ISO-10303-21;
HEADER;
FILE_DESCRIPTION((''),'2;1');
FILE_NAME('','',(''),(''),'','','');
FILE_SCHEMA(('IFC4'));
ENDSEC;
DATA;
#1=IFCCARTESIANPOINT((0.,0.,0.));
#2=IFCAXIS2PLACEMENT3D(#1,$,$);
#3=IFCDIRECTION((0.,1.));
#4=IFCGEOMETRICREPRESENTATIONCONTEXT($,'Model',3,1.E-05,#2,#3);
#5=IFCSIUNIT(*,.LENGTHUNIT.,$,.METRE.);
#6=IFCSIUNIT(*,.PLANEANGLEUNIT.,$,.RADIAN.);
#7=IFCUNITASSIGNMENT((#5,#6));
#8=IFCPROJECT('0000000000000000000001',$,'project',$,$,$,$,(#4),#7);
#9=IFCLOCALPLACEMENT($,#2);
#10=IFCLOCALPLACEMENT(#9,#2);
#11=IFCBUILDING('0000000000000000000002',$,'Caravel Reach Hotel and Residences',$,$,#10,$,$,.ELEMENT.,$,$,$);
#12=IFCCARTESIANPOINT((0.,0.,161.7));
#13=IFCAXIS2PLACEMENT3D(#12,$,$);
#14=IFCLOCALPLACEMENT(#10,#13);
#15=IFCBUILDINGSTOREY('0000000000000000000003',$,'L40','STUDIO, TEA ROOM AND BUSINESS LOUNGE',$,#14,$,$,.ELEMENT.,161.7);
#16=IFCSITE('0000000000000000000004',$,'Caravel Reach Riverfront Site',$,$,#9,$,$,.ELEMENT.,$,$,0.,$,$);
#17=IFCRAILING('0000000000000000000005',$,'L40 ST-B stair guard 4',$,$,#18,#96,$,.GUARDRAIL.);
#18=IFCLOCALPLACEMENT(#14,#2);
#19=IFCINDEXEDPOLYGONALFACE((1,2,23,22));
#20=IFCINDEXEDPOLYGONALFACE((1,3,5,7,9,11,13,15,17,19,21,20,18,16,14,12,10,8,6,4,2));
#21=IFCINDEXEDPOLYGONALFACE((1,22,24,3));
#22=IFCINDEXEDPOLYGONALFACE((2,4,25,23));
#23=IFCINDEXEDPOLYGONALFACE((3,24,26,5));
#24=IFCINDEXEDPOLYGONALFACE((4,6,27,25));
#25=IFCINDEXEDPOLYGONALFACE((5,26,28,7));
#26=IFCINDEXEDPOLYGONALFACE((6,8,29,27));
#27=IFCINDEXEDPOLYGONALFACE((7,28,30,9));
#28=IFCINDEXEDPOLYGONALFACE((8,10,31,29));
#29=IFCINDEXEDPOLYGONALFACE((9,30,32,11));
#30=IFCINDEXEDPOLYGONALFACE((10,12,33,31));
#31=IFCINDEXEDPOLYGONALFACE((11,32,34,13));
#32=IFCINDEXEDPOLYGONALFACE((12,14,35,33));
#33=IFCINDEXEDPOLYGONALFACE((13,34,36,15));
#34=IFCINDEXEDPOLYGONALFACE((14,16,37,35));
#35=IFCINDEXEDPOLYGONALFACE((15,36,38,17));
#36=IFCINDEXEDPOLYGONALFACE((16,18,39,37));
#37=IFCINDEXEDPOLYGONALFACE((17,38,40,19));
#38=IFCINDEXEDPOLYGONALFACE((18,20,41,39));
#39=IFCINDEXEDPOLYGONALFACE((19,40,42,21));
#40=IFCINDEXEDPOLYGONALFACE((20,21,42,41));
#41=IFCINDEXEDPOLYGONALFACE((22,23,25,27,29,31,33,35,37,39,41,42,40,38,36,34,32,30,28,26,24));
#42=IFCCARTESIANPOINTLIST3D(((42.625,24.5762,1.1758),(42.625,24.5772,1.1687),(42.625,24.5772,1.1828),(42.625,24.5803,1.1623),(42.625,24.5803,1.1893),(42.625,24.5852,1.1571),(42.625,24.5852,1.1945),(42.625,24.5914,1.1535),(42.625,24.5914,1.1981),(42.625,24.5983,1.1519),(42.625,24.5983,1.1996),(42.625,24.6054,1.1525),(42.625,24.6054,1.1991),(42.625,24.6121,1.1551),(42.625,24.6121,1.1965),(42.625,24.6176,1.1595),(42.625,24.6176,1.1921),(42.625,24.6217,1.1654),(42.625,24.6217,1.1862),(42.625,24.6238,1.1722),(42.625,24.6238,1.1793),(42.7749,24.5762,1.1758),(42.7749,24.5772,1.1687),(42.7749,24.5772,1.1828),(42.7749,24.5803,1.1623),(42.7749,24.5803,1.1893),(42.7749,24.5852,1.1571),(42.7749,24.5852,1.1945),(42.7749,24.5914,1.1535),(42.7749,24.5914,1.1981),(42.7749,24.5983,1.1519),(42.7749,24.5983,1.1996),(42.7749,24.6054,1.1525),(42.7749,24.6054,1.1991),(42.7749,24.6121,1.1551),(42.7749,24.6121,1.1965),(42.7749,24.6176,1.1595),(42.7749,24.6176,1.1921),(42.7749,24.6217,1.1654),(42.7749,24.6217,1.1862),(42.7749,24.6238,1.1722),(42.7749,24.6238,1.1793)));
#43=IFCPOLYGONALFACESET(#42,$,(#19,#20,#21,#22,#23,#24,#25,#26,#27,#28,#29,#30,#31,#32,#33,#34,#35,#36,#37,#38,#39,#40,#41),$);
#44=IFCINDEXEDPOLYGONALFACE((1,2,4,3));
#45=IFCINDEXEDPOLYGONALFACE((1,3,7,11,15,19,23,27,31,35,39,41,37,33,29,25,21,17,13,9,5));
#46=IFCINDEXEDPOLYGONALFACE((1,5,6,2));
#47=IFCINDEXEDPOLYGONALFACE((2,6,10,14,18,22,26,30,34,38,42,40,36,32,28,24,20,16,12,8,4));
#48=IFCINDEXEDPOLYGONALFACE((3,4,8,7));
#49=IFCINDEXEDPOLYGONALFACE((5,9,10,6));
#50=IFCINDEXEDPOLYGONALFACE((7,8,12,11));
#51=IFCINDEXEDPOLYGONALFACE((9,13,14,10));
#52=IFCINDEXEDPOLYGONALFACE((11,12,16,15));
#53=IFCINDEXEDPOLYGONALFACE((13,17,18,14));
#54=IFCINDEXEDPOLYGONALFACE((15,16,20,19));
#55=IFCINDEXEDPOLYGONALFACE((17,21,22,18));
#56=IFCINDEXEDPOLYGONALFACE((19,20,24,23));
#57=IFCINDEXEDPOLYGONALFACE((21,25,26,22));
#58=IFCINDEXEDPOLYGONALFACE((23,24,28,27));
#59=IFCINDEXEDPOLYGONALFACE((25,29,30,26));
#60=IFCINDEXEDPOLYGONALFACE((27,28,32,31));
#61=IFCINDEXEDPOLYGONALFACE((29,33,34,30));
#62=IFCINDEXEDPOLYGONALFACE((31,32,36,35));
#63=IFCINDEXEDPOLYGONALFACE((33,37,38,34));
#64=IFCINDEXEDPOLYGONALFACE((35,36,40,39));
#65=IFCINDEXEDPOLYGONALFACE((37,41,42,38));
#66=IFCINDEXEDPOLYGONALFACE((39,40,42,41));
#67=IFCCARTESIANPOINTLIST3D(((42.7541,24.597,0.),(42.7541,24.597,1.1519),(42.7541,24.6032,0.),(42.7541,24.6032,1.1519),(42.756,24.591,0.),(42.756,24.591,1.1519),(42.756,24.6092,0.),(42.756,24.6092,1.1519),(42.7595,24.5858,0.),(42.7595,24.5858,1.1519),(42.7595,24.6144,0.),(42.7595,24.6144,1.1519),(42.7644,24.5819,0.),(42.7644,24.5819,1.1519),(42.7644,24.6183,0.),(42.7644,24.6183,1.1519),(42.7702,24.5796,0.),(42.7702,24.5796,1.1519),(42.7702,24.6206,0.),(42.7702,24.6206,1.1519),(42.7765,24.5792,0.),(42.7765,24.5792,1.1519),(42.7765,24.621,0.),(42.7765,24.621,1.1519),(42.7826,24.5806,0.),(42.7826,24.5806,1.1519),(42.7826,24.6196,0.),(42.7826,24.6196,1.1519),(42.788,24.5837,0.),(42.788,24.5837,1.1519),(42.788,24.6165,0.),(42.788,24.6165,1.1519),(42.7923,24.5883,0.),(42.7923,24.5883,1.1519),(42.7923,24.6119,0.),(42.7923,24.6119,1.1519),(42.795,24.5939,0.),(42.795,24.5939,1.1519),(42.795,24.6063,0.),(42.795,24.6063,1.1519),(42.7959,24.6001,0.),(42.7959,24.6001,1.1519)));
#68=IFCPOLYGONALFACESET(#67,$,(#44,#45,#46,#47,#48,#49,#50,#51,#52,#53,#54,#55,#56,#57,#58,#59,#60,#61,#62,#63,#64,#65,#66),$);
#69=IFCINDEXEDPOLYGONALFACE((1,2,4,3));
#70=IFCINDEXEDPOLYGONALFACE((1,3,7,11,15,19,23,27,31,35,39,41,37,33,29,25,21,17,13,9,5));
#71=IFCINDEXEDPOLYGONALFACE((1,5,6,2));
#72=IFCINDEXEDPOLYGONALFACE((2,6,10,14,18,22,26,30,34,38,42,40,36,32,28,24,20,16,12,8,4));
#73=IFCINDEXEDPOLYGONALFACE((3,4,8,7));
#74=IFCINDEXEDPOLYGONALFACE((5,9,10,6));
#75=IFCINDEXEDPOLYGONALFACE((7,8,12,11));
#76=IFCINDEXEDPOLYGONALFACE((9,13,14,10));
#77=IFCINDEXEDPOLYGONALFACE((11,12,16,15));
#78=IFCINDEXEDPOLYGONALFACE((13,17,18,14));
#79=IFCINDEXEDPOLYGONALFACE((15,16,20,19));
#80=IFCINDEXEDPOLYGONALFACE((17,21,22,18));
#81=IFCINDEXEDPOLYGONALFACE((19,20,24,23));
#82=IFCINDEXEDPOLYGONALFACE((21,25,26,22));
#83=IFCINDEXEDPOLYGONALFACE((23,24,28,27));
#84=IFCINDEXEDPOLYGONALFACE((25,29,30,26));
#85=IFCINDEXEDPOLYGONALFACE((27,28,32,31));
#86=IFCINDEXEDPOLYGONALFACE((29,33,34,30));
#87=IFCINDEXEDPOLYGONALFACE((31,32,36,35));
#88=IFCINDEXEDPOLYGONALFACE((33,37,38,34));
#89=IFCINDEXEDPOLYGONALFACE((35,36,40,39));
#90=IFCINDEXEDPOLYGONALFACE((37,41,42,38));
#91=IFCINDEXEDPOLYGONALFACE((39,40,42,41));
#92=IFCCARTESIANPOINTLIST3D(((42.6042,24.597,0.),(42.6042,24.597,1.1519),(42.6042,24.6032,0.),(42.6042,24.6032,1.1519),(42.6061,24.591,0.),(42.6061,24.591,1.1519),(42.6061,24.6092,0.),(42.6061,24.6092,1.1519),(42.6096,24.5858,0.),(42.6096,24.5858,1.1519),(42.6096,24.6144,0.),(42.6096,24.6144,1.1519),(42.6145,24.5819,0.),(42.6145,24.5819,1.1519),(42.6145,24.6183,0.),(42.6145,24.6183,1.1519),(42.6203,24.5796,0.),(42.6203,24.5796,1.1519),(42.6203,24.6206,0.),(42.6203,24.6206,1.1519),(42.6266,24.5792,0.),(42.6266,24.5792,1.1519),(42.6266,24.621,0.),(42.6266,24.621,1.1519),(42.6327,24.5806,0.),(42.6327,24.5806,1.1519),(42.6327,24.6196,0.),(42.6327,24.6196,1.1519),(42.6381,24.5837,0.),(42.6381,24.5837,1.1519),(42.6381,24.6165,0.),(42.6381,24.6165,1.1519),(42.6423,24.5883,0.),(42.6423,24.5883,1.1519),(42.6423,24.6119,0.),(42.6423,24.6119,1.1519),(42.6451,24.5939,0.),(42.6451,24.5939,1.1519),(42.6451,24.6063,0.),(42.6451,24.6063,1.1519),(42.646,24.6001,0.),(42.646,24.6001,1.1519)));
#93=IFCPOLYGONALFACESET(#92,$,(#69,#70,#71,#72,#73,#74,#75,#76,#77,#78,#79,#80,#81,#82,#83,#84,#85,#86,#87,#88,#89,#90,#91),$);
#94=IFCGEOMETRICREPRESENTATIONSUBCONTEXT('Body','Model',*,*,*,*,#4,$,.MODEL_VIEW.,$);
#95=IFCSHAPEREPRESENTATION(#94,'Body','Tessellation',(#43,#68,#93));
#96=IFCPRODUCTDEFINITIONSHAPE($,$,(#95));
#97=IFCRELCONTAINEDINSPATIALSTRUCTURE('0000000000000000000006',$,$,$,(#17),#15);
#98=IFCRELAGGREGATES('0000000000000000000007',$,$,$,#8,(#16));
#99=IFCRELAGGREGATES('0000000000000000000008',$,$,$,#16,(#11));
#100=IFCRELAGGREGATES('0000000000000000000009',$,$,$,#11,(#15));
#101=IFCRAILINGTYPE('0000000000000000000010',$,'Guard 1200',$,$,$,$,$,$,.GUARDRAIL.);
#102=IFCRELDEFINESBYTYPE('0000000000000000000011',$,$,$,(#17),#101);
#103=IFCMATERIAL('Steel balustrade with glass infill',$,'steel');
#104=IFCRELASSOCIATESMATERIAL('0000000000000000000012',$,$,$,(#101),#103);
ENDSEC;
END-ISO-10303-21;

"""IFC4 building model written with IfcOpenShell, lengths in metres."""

from ifc_helpers import new_model, si_unit, direction, frame, origin, origin_2d, place, context, subcontext, project, spatial, circle, extrude, material, type_object, element, save


model = new_model("IFC4")

# Units and contexts
model_context = context("Model", 3, precision=1e-05, world=origin(), true_north=direction((0.0, 1.0)))
body_context = subcontext(model_context, "Body", "Model", "MODEL_VIEW")
ifc_project = project(units=[si_unit("LENGTHUNIT", "METRE"), si_unit("PLANEANGLEUNIT", "RADIAN")], contexts=[model_context])

# Site, building, storey
site_placement = place(None, origin())
site = spatial("IfcSite", under=ifc_project, at=site_placement, Name="Caravel Reach Riverfront Site", CompositionType="ELEMENT", RefElevation=0.0)
building_placement = place(site_placement, origin())
building = spatial("IfcBuilding", under=site, at=building_placement, Name="Caravel Reach Hotel and Residences", CompositionType="ELEMENT")
storey_placement = place(building_placement, frame((0.0, 0.0, 161.7)))
storey = spatial("IfcBuildingStorey", under=building, at=storey_placement, Name="L40", Description="STUDIO, TEA ROOM AND BUSINESS LOUNGE", CompositionType="ELEMENT", Elevation=161.7)

# Railing
ifc_material_1 = material(Name="Steel balustrade with glass infill", Category="steel")
railing_type_1 = type_object("IfcRailingType", Name="Guard 1200", PredefinedType="GUARDRAIL", material=ifc_material_1)
railing_1_placement = place(storey_placement, frame((42.7749, 24.6001, 0.0)))
element("IfcRailing", 1, at=railing_1_placement, inside=storey, type_object=railing_type_1, Name="L40 ST-B stair guard 4", PredefinedType="GUARDRAIL", context=body_context, shape_type="SweptSolid", body=[
    extrude(circle(Radius=0.0239, at=origin_2d()), frame((0.0, 0.0, 1.1758), z_axis=(-1.0, 0.0, 0.0), x_axis=(0.0, -1.0, 0.0)), (0.0, 0.0, 1.0), 0.1499),
    extrude(circle(Radius=0.021, at=origin_2d()), origin(), (0.0, 0.0, 1.0), 1.1519),
    extrude(circle(Radius=0.021, at=origin_2d()), frame((-0.1499, 0.0, 0.0)), (0.0, 0.0, 1.0), 1.1519),
])

save(model, "model.ifc")
